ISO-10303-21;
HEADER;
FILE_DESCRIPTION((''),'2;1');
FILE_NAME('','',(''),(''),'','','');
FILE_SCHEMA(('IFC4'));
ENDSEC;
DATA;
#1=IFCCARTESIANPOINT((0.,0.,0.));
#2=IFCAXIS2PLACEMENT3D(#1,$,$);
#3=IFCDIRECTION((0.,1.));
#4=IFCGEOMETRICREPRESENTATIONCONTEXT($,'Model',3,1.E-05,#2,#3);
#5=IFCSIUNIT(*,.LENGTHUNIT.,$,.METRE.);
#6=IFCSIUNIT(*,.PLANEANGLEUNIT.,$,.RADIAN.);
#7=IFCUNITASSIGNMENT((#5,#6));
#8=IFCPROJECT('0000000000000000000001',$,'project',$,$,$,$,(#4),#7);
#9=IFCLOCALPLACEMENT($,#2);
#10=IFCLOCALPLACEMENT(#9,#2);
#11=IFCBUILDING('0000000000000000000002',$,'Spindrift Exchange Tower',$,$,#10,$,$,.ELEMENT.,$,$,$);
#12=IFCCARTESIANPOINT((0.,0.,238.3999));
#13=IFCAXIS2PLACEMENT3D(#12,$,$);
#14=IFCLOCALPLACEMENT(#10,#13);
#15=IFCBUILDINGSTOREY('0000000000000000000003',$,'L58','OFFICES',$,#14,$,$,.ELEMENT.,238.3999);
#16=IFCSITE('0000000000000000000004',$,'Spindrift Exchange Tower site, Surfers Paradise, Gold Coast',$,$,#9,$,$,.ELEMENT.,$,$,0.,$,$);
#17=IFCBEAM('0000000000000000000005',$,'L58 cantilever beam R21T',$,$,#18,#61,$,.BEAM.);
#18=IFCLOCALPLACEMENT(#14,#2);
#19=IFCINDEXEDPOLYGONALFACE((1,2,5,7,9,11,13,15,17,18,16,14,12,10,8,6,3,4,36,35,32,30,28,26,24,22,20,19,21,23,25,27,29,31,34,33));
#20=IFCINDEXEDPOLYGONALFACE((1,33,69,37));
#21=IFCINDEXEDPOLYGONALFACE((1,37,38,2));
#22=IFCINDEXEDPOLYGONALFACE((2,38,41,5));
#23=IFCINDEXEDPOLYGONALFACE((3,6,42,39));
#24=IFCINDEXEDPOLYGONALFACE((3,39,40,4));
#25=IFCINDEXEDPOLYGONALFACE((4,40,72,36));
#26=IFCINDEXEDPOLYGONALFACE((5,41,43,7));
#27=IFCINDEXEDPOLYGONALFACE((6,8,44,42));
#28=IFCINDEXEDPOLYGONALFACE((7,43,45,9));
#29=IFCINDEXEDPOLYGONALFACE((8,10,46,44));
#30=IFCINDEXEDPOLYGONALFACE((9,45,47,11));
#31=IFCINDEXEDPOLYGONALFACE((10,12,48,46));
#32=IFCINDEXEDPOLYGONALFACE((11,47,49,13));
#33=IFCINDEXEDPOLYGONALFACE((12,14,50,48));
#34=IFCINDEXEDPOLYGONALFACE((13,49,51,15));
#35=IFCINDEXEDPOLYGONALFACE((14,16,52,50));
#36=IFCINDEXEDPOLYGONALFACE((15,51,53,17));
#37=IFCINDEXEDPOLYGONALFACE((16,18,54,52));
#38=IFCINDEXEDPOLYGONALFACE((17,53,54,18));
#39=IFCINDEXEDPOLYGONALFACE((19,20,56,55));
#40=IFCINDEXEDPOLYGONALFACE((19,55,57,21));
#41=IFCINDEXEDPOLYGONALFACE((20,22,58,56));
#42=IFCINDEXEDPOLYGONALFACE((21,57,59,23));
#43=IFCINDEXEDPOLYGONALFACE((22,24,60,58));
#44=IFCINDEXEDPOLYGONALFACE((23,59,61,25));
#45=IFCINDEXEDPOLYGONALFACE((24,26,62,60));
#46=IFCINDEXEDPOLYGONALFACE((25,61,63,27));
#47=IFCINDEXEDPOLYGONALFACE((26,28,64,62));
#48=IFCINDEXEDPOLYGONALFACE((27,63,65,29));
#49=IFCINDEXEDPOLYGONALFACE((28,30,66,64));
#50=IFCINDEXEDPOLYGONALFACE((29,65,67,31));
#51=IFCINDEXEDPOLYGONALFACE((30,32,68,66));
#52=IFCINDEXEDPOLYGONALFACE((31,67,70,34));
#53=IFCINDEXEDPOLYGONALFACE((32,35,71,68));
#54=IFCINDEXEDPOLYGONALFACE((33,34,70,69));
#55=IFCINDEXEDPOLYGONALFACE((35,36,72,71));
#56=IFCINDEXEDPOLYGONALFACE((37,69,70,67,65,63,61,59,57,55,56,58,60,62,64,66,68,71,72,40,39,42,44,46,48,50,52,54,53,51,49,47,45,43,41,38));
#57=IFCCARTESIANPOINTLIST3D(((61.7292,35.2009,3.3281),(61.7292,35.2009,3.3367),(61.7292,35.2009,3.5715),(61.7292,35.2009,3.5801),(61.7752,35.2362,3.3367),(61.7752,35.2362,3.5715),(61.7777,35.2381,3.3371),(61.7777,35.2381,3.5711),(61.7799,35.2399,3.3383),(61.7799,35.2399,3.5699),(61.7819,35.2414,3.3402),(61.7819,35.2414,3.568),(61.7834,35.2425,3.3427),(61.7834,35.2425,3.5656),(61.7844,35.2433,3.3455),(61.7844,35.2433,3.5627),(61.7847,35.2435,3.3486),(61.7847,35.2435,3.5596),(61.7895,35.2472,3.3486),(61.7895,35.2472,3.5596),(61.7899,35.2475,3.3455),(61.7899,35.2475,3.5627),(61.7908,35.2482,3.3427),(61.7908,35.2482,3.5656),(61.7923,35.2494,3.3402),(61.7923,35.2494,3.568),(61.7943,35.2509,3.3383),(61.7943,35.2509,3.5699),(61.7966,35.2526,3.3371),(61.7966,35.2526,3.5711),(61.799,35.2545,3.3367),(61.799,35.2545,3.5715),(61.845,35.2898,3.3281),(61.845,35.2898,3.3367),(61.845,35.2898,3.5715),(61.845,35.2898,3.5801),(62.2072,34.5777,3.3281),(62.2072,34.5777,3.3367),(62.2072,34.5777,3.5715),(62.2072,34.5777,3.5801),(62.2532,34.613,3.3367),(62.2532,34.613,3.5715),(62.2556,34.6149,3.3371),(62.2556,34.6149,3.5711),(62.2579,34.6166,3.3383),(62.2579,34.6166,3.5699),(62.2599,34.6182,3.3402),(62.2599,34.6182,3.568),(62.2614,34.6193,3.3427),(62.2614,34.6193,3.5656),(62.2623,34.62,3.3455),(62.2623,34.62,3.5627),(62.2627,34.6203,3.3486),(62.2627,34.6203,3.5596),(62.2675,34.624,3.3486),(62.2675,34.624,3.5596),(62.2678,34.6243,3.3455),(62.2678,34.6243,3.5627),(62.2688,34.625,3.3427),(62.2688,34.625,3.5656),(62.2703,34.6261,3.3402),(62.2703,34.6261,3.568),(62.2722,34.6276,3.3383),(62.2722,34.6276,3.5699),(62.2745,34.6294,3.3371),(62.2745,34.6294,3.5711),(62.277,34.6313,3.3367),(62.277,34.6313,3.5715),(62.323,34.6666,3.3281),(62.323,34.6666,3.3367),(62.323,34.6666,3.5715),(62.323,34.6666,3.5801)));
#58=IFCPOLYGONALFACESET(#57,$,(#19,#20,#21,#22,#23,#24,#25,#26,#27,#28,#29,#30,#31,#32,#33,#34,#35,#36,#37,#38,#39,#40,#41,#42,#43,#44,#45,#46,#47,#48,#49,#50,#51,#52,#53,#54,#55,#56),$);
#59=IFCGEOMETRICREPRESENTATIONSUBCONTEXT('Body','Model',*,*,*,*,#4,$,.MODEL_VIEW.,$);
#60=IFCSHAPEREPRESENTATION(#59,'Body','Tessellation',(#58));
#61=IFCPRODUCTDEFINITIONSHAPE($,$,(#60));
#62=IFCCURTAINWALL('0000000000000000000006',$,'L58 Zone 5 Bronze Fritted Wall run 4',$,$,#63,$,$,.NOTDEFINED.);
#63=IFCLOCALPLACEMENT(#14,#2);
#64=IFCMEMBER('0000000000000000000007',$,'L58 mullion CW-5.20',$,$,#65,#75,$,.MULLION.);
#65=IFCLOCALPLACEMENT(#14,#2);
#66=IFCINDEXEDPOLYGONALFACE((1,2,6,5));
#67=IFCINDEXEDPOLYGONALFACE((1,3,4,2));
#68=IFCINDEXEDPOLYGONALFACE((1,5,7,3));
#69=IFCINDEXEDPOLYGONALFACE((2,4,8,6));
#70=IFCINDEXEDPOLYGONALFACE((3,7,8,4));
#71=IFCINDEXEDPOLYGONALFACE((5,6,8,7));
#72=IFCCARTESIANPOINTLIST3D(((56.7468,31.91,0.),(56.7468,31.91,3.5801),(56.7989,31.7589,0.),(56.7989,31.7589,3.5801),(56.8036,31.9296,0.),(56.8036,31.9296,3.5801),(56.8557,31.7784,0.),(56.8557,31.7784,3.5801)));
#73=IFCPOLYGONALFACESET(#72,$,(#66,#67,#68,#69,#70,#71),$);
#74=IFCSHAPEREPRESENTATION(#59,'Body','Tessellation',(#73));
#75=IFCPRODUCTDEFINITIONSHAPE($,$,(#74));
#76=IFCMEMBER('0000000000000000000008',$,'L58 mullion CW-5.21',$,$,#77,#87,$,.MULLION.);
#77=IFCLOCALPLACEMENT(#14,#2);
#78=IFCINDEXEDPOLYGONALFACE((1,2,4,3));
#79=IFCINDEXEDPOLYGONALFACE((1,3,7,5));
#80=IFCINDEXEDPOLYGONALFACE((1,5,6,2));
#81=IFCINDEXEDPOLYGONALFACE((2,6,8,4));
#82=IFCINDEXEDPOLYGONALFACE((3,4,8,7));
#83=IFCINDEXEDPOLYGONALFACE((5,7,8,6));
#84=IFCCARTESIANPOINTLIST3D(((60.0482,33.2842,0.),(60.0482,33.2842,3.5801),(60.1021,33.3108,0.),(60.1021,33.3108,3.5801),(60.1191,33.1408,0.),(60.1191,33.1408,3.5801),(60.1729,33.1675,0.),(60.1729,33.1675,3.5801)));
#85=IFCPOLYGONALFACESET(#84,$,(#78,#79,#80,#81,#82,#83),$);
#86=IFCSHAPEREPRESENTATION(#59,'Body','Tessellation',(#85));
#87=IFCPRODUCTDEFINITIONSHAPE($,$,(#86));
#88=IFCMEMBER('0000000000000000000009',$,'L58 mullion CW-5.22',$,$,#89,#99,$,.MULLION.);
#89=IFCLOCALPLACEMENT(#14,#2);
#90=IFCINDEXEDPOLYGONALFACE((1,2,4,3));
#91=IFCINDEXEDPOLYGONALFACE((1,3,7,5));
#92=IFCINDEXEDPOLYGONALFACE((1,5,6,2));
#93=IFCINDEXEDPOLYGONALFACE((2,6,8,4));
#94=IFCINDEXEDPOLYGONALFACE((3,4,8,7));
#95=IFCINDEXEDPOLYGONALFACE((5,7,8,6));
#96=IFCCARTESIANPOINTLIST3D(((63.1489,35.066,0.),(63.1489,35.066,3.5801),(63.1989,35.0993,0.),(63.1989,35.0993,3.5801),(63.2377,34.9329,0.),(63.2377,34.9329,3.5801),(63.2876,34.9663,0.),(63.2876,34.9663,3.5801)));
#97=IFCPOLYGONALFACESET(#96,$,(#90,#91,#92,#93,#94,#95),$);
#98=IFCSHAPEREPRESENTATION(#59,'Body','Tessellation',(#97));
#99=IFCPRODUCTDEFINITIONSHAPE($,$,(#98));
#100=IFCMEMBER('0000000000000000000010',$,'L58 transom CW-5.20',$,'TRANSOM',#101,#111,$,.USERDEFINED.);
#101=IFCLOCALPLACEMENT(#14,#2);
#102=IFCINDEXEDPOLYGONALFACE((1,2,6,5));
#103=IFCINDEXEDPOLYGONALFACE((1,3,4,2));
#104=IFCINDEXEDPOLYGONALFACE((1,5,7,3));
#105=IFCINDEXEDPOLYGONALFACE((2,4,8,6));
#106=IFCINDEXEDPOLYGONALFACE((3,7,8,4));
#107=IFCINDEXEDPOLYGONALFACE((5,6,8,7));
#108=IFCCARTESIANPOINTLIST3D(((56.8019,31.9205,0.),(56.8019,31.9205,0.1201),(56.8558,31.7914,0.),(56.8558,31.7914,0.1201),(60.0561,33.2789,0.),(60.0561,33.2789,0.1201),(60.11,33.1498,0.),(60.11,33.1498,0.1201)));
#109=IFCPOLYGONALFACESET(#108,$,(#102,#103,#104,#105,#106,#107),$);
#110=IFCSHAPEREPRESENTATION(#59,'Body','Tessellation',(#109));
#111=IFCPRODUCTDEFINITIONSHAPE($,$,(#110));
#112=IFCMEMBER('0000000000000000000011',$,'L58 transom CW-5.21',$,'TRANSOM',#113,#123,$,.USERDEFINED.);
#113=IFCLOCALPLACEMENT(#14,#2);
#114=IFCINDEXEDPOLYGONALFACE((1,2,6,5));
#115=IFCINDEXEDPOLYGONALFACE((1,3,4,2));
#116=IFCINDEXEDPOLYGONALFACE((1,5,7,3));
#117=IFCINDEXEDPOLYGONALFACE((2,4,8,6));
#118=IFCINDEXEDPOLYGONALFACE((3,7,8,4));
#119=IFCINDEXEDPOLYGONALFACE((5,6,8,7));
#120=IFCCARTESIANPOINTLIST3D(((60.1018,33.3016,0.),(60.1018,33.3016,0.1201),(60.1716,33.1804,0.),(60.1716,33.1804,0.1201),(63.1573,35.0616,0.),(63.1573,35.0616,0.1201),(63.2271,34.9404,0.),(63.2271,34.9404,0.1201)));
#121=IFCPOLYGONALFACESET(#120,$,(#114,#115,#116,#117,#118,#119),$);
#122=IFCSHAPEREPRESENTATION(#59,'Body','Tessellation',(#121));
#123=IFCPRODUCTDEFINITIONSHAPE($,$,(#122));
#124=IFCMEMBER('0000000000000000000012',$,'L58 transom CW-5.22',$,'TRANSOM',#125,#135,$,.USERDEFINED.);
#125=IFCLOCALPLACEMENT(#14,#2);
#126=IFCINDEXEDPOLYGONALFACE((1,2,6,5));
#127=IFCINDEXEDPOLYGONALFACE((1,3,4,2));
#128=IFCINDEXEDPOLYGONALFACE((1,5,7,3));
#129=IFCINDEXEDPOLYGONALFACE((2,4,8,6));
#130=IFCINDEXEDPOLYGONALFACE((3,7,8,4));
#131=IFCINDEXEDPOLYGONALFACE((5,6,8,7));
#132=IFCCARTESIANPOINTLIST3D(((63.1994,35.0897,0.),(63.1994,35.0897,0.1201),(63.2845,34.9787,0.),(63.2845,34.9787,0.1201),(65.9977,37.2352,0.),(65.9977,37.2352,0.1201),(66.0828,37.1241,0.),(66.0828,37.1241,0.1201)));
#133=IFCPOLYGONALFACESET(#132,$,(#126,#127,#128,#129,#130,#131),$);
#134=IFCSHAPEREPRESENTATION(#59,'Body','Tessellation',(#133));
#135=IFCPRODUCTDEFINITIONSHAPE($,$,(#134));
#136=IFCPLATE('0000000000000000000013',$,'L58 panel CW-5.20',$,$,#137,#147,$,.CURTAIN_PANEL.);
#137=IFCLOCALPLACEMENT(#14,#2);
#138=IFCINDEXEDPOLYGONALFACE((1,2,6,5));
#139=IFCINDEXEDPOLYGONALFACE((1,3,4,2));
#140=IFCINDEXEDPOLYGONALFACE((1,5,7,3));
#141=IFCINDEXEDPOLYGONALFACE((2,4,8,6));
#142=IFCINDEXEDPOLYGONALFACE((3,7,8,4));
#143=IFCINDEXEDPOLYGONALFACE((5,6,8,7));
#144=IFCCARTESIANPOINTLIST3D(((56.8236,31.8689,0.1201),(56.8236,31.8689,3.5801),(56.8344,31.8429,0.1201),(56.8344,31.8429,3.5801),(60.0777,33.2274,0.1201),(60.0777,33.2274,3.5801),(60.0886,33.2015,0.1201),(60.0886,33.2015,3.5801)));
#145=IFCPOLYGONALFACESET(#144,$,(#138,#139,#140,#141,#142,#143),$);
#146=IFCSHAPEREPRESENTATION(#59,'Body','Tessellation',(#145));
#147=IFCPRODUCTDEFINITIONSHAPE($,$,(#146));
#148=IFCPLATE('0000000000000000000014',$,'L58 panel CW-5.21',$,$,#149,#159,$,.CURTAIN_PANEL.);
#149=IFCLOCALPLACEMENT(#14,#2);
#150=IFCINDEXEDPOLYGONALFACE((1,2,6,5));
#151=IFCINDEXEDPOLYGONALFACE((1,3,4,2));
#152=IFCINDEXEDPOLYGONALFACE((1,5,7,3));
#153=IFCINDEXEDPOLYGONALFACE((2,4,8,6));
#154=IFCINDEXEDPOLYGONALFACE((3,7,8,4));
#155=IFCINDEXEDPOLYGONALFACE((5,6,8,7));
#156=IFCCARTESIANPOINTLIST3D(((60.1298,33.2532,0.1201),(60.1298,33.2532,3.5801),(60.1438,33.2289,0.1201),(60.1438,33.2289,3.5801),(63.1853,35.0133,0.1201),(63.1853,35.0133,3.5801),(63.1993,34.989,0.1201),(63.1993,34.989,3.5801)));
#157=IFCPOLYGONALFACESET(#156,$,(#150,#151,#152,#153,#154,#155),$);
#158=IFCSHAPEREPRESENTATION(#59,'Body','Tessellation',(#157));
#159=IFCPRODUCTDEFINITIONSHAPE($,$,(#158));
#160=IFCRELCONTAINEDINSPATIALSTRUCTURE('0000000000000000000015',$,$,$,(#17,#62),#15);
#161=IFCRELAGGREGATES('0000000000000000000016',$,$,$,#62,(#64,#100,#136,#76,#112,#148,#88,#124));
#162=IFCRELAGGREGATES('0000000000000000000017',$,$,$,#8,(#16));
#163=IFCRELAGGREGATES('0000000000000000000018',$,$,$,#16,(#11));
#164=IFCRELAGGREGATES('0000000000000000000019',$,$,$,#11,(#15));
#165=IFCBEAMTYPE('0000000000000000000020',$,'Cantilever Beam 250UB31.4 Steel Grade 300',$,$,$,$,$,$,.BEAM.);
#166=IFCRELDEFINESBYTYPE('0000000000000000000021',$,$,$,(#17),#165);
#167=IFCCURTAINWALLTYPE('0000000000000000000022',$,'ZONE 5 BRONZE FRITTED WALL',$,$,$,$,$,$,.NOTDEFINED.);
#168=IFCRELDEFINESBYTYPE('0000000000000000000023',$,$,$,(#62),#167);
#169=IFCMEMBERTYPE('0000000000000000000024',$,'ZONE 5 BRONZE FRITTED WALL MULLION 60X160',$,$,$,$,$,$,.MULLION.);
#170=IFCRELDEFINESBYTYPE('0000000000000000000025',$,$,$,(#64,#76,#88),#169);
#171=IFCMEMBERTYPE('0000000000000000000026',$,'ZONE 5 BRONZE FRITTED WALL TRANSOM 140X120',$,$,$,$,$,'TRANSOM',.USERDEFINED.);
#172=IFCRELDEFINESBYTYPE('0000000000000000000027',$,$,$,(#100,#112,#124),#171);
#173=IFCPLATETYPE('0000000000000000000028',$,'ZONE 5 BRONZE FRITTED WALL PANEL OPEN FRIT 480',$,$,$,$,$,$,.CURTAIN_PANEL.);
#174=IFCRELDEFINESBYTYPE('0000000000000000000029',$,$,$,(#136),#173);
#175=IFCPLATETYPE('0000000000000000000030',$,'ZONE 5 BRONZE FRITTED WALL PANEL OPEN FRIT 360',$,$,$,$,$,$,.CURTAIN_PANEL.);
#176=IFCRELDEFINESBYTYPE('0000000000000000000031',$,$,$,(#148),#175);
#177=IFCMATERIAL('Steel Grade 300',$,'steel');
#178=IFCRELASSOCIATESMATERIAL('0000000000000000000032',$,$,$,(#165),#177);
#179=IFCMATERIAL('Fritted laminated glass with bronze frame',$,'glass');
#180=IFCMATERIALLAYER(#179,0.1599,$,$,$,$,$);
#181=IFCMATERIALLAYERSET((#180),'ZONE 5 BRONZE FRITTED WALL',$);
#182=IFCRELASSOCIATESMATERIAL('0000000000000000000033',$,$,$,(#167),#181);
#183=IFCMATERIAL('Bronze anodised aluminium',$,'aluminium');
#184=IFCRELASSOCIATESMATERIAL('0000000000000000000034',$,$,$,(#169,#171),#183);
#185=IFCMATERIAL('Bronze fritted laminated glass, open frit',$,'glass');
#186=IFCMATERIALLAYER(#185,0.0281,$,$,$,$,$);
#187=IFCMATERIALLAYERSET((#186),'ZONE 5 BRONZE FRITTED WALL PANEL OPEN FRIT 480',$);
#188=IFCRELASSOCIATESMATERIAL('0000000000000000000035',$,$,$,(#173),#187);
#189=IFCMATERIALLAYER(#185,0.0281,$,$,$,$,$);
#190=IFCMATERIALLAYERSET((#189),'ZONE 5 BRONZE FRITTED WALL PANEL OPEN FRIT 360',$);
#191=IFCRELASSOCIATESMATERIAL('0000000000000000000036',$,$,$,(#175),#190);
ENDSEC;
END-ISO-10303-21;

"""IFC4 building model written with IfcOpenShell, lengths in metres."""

from ifc_helpers import new_model, si_unit, direction, frame, origin, origin_2d, place, context, subcontext, project, spatial, rectangle, i_section, extrude, source, transform, mapped, material, layer, layer_set, material_profile, profile_set, type_object, element, aggregate, save


model = new_model("IFC4")

# Units and contexts
model_context = context("Model", 3, precision=1e-05, world=origin(), true_north=direction((0.0, 1.0)))
body_context = subcontext(model_context, "Body", "Model", "MODEL_VIEW")
ifc_project = project(units=[si_unit("LENGTHUNIT", "METRE"), si_unit("PLANEANGLEUNIT", "RADIAN")], contexts=[model_context])

# Site, building, storey
site_placement = place(None, origin())
site = spatial("IfcSite", under=ifc_project, at=site_placement, Name="Spindrift Exchange Tower site, Surfers Paradise, Gold Coast", CompositionType="ELEMENT", RefElevation=0.0)
building_placement = place(site_placement, origin())
building = spatial("IfcBuilding", under=site, at=building_placement, Name="Spindrift Exchange Tower", CompositionType="ELEMENT")
storey_placement = place(building_placement, frame((0.0, 0.0, 238.3999)))
storey = spatial("IfcBuildingStorey", under=building, at=storey_placement, Name="L58", Description="OFFICES", CompositionType="ELEMENT", Elevation=238.3999)

# Beam
ifc_material_1 = material(Name="Steel Grade 300", Category="steel")
ifc_material_profile_1 = material_profile(ifc_material_1, i_section(OverallWidth=0.146, OverallDepth=0.252, WebThickness=0.0061, FlangeThickness=0.0085, FilletRadius=0.012, at=origin_2d()), Name="250UB31.4")
ifc_profile_set_1 = profile_set([ifc_material_profile_1], Name="Steel Grade 300")
beam_type_1 = type_object("IfcBeamType", Name="Cantilever Beam 250UB31.4 Steel Grade 300", PredefinedType="BEAM", material=ifc_profile_set_1)
shared_shape_1 = source(origin(), body_context, "Body", "SweptSolid", [
    extrude(i_section(OverallWidth=0.146, OverallDepth=0.252, WebThickness=0.0061, FlangeThickness=0.0085, FilletRadius=0.012, at=origin_2d()), origin(), (0.0, 0.0, 1.0), 0.7854),
])
beam_1_placement = place(storey_placement, frame((61.7871, 35.2454, 3.4541), z_axis=(0.608569, -0.793501, 0.0), x_axis=(0.793501, 0.608569, 0.0)))
element("IfcBeam", 1, at=beam_1_placement, inside=storey, type_object=beam_type_1, Name="L58 cantilever beam R21T", PredefinedType="BEAM", context=body_context, shape_type="MappedRepresentation", body=[
    mapped(shared_shape_1, transform((0.0, 0.0, 0.0), scale=1.0)),
])

# Curtain wall, members, plates
ifc_material_2 = material(Name="Fritted laminated glass with bronze frame", Category="glass")
ifc_layer_1 = layer(ifc_material_2, 0.1599)
ifc_layer_set_1 = layer_set([ifc_layer_1], Name="ZONE 5 BRONZE FRITTED WALL")
curtain_wall_type = type_object("IfcCurtainWallType", Name="ZONE 5 BRONZE FRITTED WALL", PredefinedType="NOTDEFINED", material=ifc_layer_set_1)
curtain_wall_placement = place(storey_placement, origin())
curtain_wall = element("IfcCurtainWall", 2, at=curtain_wall_placement, inside=storey, type_object=curtain_wall_type, Name="L58 Zone 5 Bronze Fritted Wall run 4", PredefinedType="NOTDEFINED")
ifc_material_3 = material(Name="Bronze anodised aluminium", Category="aluminium")
ifc_material_profile_2 = material_profile(ifc_material_3, rectangle(XDim=0.0601, YDim=0.1599, at=origin_2d()), Name="ZONE 5 BRONZE FRITTED WALL MULLION 60X160")
ifc_profile_set_2 = profile_set([ifc_material_profile_2], Name="Bronze anodised aluminium")
member_type_1 = type_object("IfcMemberType", Name="ZONE 5 BRONZE FRITTED WALL MULLION 60X160", PredefinedType="MULLION", material=ifc_profile_set_2)
shared_shape_2 = source(origin(), body_context, "Body", "SweptSolid", [
    extrude(rectangle(XDim=0.0601, YDim=0.1599, at=origin_2d()), origin(), (0.0, 0.0, 1.0), 3.5801),
])
member_1_placement = place(storey_placement, frame((56.8013, 31.8442, 0.0), z_axis=(0.0, 0.0, 1.0), x_axis=(0.94543, 0.325826, 0.0)))
member_1 = element("IfcMember", 3, at=member_1_placement, type_object=member_type_1, Name="L58 mullion CW-5.20", PredefinedType="MULLION", context=body_context, shape_type="MappedRepresentation", body=[
    mapped(shared_shape_2, transform((0.0, 0.0, 0.0), scale=1.0)),
])
member_2_placement = place(storey_placement, frame((60.1106, 33.2258, 0.0), z_axis=(0.0, 0.0, 1.0), x_axis=(0.896474, 0.443097, 0.0)))
member_2 = element("IfcMember", 4, at=member_2_placement, type_object=member_type_1, Name="L58 mullion CW-5.21", PredefinedType="MULLION", context=body_context, shape_type="MappedRepresentation", body=[
    mapped(shared_shape_2, transform((0.0, 0.0, 0.0), scale=1.0)),
])
member_3_placement = place(storey_placement, frame((63.2183, 35.0161, 0.0), z_axis=(0.0, 0.0, 1.0), x_axis=(0.831852, 0.554998, 0.0)))
member_3 = element("IfcMember", 5, at=member_3_placement, type_object=member_type_1, Name="L58 mullion CW-5.22", PredefinedType="MULLION", context=body_context, shape_type="MappedRepresentation", body=[
    mapped(shared_shape_2, transform((0.0, 0.0, 0.0), scale=1.0)),
])
ifc_material_profile_3 = material_profile(ifc_material_3, rectangle(XDim=0.1399, YDim=0.1201, at=origin_2d()), Name="ZONE 5 BRONZE FRITTED WALL TRANSOM 140X120")
ifc_profile_set_3 = profile_set([ifc_material_profile_3], Name="Bronze anodised aluminium")
member_type_2 = type_object("IfcMemberType", Name="ZONE 5 BRONZE FRITTED WALL TRANSOM 140X120", ElementType="TRANSOM", PredefinedType="USERDEFINED", material=ifc_profile_set_3)
shared_shape_3 = source(origin(), body_context, "Body", "SweptSolid", [
    extrude(rectangle(XDim=0.1399, YDim=0.1201, at=origin_2d()), origin(), (0.0, 0.0, 1.0), 3.5264),
])
member_4_placement = place(storey_placement, frame((56.8289, 31.856, 0.0601), z_axis=(0.922825, 0.38522, 0.0), x_axis=(-0.38522, 0.922825, 0.0)))
member_4 = element("IfcMember", 6, at=member_4_placement, type_object=member_type_2, Name="L58 transom CW-5.20", ObjectType="TRANSOM", PredefinedType="USERDEFINED", context=body_context, shape_type="MappedRepresentation", body=[
    mapped(shared_shape_3, transform((0.0, 0.0, 0.0), scale=1.0)),
])
shared_shape_4 = source(origin(), body_context, "Body", "SweptSolid", [
    extrude(rectangle(XDim=0.1399, YDim=0.1201, at=origin_2d()), origin(), (0.0, 0.0, 1.0), 3.5261),
])
member_5_placement = place(storey_placement, frame((60.1367, 33.241, 0.0601), z_axis=(0.866521, 0.499141, 0.0), x_axis=(-0.499141, 0.866521, 0.0)))
member_5 = element("IfcMember", 7, at=member_5_placement, type_object=member_type_2, Name="L58 transom CW-5.21", ObjectType="TRANSOM", PredefinedType="USERDEFINED", context=body_context, shape_type="MappedRepresentation", body=[
    mapped(shared_shape_4, transform((0.0, 0.0, 0.0), scale=1.0)),
])
member_6_placement = place(storey_placement, frame((63.2419, 35.0342, 0.0601), z_axis=(0.793591, 0.608452, 0.0), x_axis=(-0.608452, 0.793591, 0.0)))
member_6 = element("IfcMember", 8, at=member_6_placement, type_object=member_type_2, Name="L58 transom CW-5.22", ObjectType="TRANSOM", PredefinedType="USERDEFINED", context=body_context, shape_type="MappedRepresentation", body=[
    mapped(shared_shape_4, transform((0.0, 0.0, 0.0), scale=1.0)),
])
ifc_material_4 = material(Name="Bronze fritted laminated glass, open frit", Category="glass")
ifc_layer_2 = layer(ifc_material_4, 0.0281)
ifc_layer_set_2 = layer_set([ifc_layer_2], Name="ZONE 5 BRONZE FRITTED WALL PANEL OPEN FRIT 480")
plate_type_1 = type_object("IfcPlateType", Name="ZONE 5 BRONZE FRITTED WALL PANEL OPEN FRIT 480", PredefinedType="CURTAIN_PANEL", material=ifc_layer_set_2)
shared_shape_5 = source(origin(), body_context, "Body", "SweptSolid", [
    extrude(rectangle(XDim=3.5264, YDim=0.0281, at=origin_2d()), origin(), (0.0, 0.0, 1.0), 3.46),
])
plate_1_placement = place(storey_placement, frame((58.4561, 32.5352, 0.1201), z_axis=(0.0, 0.0, 1.0), x_axis=(0.922815, 0.385243, 0.0)))
plate_1 = element("IfcPlate", 9, at=plate_1_placement, type_object=plate_type_1, Name="L58 panel CW-5.20", PredefinedType="CURTAIN_PANEL", context=body_context, shape_type="MappedRepresentation", body=[
    mapped(shared_shape_5, transform((0.0, 0.0, 0.0), scale=1.0)),
])
ifc_layer_3 = layer(ifc_material_4, 0.0281)
ifc_layer_set_3 = layer_set([ifc_layer_3], Name="ZONE 5 BRONZE FRITTED WALL PANEL OPEN FRIT 360")
plate_type_2 = type_object("IfcPlateType", Name="ZONE 5 BRONZE FRITTED WALL PANEL OPEN FRIT 360", PredefinedType="CURTAIN_PANEL", material=ifc_layer_set_3)
shared_shape_6 = source(origin(), body_context, "Body", "SweptSolid", [
    extrude(rectangle(XDim=3.5261, YDim=0.0281, at=origin_2d()), origin(), (0.0, 0.0, 1.0), 3.46),
])
plate_2_placement = place(storey_placement, frame((61.6646, 34.1211, 0.1201), z_axis=(0.0, 0.0, 1.0), x_axis=(0.86651, 0.499159, 0.0)))
plate_2 = element("IfcPlate", 10, at=plate_2_placement, type_object=plate_type_2, Name="L58 panel CW-5.21", PredefinedType="CURTAIN_PANEL", context=body_context, shape_type="MappedRepresentation", body=[
    mapped(shared_shape_6, transform((0.0, 0.0, 0.0), scale=1.0)),
])
aggregate(curtain_wall, [member_1, member_4, plate_1, member_2, member_5, plate_2, member_3, member_6])

save(model, "model.ifc")
